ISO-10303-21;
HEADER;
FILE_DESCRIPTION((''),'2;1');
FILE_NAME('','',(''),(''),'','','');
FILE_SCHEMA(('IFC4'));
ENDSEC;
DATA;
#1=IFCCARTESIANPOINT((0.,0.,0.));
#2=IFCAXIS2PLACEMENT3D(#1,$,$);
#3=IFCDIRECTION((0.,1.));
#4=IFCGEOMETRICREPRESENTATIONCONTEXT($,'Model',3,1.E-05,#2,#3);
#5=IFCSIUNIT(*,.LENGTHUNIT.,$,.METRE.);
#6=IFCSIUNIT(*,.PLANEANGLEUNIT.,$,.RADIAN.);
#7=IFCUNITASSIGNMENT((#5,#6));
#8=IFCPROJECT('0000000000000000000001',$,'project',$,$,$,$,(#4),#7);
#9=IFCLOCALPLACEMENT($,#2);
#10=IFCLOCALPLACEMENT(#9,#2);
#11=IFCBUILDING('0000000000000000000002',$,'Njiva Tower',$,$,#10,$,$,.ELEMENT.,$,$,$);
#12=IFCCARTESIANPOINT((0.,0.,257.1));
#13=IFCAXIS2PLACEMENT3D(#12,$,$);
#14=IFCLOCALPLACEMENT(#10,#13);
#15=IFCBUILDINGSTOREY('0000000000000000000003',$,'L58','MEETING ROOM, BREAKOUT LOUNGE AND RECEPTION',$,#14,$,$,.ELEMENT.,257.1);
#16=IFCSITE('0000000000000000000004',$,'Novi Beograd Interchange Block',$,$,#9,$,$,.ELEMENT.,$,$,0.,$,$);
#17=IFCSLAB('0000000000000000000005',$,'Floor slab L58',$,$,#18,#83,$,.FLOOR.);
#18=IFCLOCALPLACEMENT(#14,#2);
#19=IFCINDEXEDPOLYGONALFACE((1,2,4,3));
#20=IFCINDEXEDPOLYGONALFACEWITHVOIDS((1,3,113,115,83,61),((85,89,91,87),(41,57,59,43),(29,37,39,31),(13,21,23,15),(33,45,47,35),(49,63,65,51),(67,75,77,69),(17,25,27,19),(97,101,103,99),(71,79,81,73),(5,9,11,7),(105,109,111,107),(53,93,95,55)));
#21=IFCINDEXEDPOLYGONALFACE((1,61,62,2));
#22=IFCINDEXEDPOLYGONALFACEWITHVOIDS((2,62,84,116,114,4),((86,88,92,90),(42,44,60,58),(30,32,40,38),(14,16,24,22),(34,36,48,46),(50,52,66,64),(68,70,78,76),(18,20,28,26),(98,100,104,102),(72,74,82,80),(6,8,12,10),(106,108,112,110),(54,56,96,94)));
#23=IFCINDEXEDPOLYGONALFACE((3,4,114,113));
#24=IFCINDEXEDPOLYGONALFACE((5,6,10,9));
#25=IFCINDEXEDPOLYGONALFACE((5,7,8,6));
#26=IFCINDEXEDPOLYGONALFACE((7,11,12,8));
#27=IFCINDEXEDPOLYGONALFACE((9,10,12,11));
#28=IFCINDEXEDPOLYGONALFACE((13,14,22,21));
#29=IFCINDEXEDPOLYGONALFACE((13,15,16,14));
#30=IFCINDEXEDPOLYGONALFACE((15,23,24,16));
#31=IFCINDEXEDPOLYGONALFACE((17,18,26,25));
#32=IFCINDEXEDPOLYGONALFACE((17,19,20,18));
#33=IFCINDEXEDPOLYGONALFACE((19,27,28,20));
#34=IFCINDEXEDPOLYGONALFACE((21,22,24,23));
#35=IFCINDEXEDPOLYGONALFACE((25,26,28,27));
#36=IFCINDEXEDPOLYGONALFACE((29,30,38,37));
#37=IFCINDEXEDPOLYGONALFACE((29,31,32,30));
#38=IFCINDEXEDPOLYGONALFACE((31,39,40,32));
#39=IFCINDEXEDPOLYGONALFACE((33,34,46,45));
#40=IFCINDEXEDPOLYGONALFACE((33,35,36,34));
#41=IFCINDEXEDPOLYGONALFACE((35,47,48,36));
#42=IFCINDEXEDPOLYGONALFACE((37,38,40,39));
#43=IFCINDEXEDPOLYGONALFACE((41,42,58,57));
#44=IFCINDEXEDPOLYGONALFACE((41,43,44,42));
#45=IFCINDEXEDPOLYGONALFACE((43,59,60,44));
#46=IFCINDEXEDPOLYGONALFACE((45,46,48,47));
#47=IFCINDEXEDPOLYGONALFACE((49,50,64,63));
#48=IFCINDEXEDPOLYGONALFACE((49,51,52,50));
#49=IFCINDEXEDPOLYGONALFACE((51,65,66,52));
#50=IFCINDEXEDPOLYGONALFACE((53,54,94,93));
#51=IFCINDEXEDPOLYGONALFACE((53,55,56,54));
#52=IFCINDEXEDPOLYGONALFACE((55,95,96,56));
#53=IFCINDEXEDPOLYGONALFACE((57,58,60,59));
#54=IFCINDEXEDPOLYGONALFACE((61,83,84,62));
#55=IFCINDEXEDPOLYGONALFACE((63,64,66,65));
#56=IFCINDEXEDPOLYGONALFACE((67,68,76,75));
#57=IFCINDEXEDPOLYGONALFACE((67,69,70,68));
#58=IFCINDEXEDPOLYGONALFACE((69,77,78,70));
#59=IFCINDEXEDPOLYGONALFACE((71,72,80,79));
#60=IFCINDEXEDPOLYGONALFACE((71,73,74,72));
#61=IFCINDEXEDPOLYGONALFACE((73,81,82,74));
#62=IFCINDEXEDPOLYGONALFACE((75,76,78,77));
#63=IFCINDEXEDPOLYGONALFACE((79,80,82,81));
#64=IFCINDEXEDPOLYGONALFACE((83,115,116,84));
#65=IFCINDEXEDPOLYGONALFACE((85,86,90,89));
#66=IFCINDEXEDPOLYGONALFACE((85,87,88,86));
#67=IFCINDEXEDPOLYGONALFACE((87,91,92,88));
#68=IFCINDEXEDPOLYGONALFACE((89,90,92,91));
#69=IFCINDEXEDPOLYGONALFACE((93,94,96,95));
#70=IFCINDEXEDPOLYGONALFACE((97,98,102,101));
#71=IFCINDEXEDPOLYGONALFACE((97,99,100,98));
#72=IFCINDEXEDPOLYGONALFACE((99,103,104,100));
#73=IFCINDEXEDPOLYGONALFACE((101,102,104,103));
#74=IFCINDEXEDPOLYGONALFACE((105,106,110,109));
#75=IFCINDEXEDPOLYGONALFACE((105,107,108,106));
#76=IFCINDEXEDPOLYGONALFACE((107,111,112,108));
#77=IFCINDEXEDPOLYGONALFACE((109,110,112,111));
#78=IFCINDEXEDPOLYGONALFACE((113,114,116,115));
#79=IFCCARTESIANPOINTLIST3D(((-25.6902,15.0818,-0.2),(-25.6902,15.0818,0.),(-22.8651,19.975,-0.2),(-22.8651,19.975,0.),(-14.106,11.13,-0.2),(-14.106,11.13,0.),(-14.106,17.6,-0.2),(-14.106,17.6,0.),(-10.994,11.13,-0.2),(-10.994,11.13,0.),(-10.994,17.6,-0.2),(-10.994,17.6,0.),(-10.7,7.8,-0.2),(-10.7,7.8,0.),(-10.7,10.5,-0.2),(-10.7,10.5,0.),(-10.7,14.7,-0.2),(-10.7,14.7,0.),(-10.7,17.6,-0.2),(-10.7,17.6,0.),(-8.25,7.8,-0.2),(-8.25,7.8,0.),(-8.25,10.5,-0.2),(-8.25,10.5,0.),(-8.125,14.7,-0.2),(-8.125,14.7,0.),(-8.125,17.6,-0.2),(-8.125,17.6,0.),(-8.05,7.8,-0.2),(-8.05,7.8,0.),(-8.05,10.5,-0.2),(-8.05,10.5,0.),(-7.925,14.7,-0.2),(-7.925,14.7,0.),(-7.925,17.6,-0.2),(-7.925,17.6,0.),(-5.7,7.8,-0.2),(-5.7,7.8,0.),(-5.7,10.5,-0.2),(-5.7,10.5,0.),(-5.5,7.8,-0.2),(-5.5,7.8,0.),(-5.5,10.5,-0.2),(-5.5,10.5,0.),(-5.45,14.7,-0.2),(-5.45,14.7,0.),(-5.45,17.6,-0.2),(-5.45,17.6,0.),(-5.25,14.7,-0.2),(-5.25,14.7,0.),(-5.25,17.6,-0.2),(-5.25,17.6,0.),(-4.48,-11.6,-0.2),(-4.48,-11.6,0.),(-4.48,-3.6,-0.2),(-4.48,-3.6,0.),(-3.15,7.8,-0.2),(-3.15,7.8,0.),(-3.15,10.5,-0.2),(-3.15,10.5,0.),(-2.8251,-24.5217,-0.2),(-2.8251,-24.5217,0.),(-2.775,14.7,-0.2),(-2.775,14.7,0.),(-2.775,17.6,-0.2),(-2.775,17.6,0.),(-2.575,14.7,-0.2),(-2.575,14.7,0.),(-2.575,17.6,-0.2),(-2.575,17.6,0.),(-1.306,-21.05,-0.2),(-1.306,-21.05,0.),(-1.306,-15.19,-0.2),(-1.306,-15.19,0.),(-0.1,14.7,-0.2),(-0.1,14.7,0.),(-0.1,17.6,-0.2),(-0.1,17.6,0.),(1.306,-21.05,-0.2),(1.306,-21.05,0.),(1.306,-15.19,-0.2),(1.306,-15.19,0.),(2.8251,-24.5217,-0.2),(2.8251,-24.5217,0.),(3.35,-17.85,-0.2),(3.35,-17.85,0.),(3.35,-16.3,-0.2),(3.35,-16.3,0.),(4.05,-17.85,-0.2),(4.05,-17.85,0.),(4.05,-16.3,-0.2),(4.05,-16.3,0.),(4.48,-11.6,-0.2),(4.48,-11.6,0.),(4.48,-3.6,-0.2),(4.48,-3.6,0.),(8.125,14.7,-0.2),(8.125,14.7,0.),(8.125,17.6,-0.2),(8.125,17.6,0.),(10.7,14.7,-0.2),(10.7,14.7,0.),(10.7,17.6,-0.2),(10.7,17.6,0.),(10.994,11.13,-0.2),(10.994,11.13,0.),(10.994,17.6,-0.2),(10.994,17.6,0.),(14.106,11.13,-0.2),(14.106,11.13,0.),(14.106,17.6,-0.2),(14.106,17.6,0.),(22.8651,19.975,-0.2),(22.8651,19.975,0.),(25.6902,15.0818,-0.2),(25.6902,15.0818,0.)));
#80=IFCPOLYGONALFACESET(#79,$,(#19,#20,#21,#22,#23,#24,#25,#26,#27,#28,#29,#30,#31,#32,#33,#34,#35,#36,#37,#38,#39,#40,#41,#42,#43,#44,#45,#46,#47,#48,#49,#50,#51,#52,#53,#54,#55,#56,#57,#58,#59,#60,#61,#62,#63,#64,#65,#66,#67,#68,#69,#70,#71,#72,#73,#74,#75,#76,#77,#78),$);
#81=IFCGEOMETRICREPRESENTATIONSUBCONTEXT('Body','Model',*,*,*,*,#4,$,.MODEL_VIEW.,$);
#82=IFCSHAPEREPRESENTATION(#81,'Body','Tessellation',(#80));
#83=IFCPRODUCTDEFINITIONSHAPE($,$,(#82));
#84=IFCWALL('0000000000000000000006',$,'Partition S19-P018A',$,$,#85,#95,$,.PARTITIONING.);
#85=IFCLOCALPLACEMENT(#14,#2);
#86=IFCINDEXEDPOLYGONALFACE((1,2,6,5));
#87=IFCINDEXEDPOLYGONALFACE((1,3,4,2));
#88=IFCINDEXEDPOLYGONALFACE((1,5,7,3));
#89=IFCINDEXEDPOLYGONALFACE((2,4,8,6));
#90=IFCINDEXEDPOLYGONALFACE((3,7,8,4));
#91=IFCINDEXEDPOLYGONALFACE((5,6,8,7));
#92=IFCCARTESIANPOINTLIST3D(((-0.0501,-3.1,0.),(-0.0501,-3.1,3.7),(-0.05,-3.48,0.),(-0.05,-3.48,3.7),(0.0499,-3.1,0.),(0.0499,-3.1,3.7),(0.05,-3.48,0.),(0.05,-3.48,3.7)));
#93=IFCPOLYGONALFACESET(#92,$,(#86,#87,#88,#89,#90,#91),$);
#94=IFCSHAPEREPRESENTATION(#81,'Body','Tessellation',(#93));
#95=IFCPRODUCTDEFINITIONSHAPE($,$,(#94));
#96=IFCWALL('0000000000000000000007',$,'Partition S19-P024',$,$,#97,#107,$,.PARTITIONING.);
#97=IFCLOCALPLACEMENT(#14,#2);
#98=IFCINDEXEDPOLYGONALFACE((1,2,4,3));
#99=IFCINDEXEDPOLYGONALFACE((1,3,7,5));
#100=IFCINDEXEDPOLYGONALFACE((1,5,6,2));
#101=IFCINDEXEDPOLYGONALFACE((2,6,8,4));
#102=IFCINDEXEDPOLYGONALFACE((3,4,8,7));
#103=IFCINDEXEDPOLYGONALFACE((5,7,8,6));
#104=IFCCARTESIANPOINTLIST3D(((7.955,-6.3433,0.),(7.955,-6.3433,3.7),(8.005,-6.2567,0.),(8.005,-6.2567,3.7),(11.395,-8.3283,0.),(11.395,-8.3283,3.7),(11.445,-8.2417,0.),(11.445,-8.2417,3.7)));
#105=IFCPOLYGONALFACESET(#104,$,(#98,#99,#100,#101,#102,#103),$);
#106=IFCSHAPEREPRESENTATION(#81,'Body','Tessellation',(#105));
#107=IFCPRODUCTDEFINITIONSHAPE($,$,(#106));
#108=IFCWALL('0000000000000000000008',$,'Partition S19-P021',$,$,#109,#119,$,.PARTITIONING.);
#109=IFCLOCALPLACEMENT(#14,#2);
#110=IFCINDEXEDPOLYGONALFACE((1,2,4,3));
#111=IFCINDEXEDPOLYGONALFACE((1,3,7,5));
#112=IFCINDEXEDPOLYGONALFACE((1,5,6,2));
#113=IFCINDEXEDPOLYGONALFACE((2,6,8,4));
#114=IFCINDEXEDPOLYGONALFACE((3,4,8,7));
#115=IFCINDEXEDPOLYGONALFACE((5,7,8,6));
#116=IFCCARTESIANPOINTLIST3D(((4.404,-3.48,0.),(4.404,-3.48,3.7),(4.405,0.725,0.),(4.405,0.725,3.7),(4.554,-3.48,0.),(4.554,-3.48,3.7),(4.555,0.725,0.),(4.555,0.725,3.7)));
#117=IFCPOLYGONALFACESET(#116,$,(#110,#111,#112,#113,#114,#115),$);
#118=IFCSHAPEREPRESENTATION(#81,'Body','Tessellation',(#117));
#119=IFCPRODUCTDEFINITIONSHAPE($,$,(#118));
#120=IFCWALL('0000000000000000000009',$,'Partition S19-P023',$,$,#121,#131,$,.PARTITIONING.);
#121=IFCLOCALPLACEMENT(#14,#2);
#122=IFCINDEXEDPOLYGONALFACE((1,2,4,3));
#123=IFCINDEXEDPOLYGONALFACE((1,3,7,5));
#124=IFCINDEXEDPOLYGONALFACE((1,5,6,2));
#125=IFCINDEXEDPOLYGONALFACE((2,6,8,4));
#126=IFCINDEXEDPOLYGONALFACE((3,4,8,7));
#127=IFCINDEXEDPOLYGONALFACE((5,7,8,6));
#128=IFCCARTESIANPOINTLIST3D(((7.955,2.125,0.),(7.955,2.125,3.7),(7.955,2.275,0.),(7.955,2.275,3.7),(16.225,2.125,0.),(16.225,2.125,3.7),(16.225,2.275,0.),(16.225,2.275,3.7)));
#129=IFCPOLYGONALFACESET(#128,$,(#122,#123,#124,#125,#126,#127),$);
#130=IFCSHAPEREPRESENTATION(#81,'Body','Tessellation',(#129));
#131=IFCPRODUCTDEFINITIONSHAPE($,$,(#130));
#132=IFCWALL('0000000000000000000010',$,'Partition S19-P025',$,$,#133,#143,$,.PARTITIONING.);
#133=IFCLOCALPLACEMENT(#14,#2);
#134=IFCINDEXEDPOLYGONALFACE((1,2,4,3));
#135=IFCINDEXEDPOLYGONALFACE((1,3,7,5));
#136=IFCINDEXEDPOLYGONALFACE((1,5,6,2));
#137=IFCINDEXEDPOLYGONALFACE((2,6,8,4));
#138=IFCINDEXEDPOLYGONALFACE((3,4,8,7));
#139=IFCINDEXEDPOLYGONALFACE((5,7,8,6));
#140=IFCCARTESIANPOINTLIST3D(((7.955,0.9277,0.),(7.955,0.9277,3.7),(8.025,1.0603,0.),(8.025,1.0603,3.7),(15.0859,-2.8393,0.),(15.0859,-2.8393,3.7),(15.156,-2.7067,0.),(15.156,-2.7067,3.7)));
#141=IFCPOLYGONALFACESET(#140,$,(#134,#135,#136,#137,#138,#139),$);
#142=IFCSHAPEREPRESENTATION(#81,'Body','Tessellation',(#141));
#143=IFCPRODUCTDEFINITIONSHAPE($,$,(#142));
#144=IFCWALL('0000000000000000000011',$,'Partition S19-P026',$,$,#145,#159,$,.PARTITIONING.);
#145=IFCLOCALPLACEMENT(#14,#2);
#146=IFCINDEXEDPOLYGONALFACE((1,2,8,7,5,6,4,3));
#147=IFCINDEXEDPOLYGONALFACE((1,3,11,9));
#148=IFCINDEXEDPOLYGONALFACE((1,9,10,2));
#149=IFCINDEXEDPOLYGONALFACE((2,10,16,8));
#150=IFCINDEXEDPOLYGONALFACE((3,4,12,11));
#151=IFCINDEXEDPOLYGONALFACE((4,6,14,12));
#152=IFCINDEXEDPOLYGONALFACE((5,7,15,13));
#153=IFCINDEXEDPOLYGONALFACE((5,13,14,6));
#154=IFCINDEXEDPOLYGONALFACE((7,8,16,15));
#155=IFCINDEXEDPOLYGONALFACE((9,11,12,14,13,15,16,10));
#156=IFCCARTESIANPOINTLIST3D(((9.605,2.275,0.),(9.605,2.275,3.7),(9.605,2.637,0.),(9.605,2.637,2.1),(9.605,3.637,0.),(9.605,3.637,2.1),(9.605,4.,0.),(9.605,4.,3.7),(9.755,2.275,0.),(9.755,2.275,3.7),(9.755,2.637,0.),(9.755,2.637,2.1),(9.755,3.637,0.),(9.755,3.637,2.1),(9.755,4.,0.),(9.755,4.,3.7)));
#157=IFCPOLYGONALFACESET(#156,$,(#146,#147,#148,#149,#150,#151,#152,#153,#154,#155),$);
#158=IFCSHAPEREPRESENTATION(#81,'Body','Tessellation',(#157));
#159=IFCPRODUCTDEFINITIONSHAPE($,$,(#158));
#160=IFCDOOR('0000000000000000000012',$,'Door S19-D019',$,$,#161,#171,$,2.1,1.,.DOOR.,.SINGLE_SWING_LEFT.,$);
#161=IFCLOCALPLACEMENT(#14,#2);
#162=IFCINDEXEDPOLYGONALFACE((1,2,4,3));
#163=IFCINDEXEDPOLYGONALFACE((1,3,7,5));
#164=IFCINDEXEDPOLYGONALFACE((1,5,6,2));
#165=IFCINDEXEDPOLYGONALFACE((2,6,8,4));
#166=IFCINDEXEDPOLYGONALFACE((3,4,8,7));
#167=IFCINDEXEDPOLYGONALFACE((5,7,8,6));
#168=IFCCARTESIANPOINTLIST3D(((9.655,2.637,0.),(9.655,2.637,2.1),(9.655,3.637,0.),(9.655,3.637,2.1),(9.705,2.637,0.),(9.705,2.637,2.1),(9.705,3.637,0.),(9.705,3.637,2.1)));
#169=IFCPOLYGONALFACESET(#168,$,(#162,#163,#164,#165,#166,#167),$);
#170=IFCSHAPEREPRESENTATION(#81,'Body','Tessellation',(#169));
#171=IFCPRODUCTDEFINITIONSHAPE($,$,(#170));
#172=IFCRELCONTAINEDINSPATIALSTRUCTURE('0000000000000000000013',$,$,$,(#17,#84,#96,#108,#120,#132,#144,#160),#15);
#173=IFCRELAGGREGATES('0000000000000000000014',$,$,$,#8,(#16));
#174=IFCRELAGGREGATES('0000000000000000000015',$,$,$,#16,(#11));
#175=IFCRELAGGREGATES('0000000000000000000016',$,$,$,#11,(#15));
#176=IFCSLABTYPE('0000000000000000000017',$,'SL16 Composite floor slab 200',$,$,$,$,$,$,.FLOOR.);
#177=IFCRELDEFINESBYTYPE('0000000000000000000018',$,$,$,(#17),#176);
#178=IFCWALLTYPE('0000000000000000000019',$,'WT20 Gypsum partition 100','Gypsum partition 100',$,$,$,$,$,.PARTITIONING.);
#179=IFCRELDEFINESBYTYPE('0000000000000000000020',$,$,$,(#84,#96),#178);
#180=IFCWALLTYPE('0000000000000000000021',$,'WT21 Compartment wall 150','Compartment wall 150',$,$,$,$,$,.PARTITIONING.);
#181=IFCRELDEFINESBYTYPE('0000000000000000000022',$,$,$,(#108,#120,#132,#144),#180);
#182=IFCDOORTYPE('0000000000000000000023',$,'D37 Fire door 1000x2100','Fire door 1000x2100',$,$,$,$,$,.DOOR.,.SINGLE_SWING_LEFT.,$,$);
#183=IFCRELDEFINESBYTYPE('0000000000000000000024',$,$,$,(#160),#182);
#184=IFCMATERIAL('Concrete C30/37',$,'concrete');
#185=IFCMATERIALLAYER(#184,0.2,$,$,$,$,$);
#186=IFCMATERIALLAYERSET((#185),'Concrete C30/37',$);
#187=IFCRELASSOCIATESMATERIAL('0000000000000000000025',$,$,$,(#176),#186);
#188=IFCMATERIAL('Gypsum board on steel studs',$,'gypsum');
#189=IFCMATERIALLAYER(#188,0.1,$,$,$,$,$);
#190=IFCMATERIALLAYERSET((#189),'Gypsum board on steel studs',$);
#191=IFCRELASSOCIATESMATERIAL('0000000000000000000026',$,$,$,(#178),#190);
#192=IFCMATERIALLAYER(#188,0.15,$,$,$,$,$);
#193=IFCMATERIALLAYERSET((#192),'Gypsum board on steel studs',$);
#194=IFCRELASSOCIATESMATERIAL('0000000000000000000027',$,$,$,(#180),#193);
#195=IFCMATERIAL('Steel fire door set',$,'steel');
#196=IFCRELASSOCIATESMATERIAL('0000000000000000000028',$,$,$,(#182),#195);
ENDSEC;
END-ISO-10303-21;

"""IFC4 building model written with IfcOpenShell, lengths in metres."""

from ifc_helpers import new_model, si_unit, direction, frame, frame_2d, origin, place, context, subcontext, project, spatial, polyline, rectangle, outline, extrude, material, layer, layer_set, type_object, element, fill, save


model = new_model("IFC4")

# Units and contexts
model_context = context("Model", 3, precision=1e-05, world=origin(), true_north=direction((0.0, 1.0)))
body_context = subcontext(model_context, "Body", "Model", "MODEL_VIEW")
ifc_project = project(units=[si_unit("LENGTHUNIT", "METRE"), si_unit("PLANEANGLEUNIT", "RADIAN")], contexts=[model_context])

# Site, building, storey
site_placement = place(None, origin())
site = spatial("IfcSite", under=ifc_project, at=site_placement, Name="Novi Beograd Interchange Block", CompositionType="ELEMENT", RefElevation=0.0)
building_placement = place(site_placement, origin())
building = spatial("IfcBuilding", under=site, at=building_placement, Name="Njiva Tower", CompositionType="ELEMENT")
storey_placement = place(building_placement, frame((0.0, 0.0, 257.1)))
storey = spatial("IfcBuildingStorey", under=building, at=storey_placement, Name="L58", Description="MEETING ROOM, BREAKOUT LOUNGE AND RECEPTION", CompositionType="ELEMENT", Elevation=257.1)

# Slab
ifc_material_1 = material(Name="Concrete C30/37", Category="concrete")
ifc_layer_1 = layer(ifc_material_1, 0.2)
ifc_layer_set_1 = layer_set([ifc_layer_1], Name="Concrete C30/37")
slab_type_1 = type_object("IfcSlabType", Name="SL16 Composite floor slab 200", PredefinedType="FLOOR", material=ifc_layer_set_1)
slab_1_placement = place(storey_placement, frame((0.0, 0.0, -0.2)))
element("IfcSlab", 1, at=slab_1_placement, inside=storey, type_object=slab_type_1, Name="Floor slab L58", PredefinedType="FLOOR", context=body_context, shape_type="SweptSolid", body=[
    extrude(outline(polyline([(25.6902, 15.0818), (2.8251, -24.5217), (-2.8251, -24.5217), (-25.6902, 15.0818), (-22.8651, 19.975), (22.8651, 19.975), (25.6902, 15.0818)]), holes=[polyline([(10.994, 11.13), (14.106, 11.13), (14.106, 17.6), (10.994, 17.6), (10.994, 11.13)]), polyline([(8.125, 14.7), (10.7, 14.7), (10.7, 17.6), (8.125, 17.6), (8.125, 14.7)]), polyline([(4.48, -11.6), (4.48, -3.6), (-4.48, -3.6), (-4.48, -11.6), (4.48, -11.6)]), polyline([(3.35, -17.85), (4.05, -17.85), (4.05, -16.3), (3.35, -16.3), (3.35, -17.85)]), polyline([(-1.306, -21.05), (1.306, -21.05), (1.306, -15.19), (-1.306, -15.19), (-1.306, -21.05)]), polyline([(-2.575, 14.7), (-0.1, 14.7), (-0.1, 17.6), (-2.575, 17.6), (-2.575, 14.7)]), polyline([(-2.775, 14.7), (-2.775, 17.6), (-5.25, 17.6), (-5.25, 14.7), (-2.775, 14.7)]), polyline([(-5.5, 7.8), (-3.15, 7.8), (-3.15, 10.5), (-5.5, 10.5), (-5.5, 7.8)]), polyline([(-7.925, 14.7), (-5.45, 14.7), (-5.45, 17.6), (-7.925, 17.6), (-7.925, 14.7)]), polyline([(-8.05, 7.8), (-5.7, 7.8), (-5.7, 10.5), (-8.05, 10.5), (-8.05, 7.8)]), polyline([(-10.7, 14.7), (-8.125, 14.7), (-8.125, 17.6), (-10.7, 17.6), (-10.7, 14.7)]), polyline([(-8.25, 7.8), (-8.25, 10.5), (-10.7, 10.5), (-10.7, 7.8), (-8.25, 7.8)]), polyline([(-10.994, 11.13), (-10.994, 17.6), (-14.106, 17.6), (-14.106, 11.13), (-10.994, 11.13)])]), origin(), (0.0, 0.0, 1.0), 0.2),
])

# Walls
ifc_material_2 = material(Name="Gypsum board on steel studs", Category="gypsum")
ifc_layer_2 = layer(ifc_material_2, 0.1)
ifc_layer_set_2 = layer_set([ifc_layer_2], Name="Gypsum board on steel studs")
wall_type_1 = type_object("IfcWallType", Name="WT20 Gypsum partition 100", Description="Gypsum partition 100", PredefinedType="PARTITIONING", material=ifc_layer_set_2)
wall_1_placement = place(storey_placement, frame((-0.0001, -3.1, 0.0), z_axis=(0.0, 0.0, 1.0), x_axis=(0.000263, -1.0, 0.0)))
element("IfcWall", 2, at=wall_1_placement, inside=storey, type_object=wall_type_1, Name="Partition S19-P018A", PredefinedType="PARTITIONING", context=body_context, shape_type="SweptSolid", body=[
    extrude(rectangle(XDim=0.38, YDim=0.1, at=frame_2d((0.19, 0.0))), origin(), (0.0, 0.0, 1.0), 3.7),
])
wall_2_placement = place(storey_placement, frame((7.98, -6.3, 0.0), z_axis=(0.0, 0.0, 1.0), x_axis=(0.866144, -0.499795, 0.0)))
element("IfcWall", 3, at=wall_2_placement, inside=storey, type_object=wall_type_1, Name="Partition S19-P024", PredefinedType="PARTITIONING", context=body_context, shape_type="SweptSolid", body=[
    extrude(rectangle(XDim=3.9716, YDim=0.1, at=frame_2d((1.9858, 0.0))), origin(), (0.0, 0.0, 1.0), 3.7),
])
ifc_layer_3 = layer(ifc_material_2, 0.15)
ifc_layer_set_3 = layer_set([ifc_layer_3], Name="Gypsum board on steel studs")
wall_type_2 = type_object("IfcWallType", Name="WT21 Compartment wall 150", Description="Compartment wall 150", PredefinedType="PARTITIONING", material=ifc_layer_set_3)
wall_3_placement = place(storey_placement, frame((4.479, -3.48, 0.0), z_axis=(0.0, 0.0, 1.0), x_axis=(0.000238, 1.0, 0.0)))
element("IfcWall", 4, at=wall_3_placement, inside=storey, type_object=wall_type_2, Name="Partition S19-P021", PredefinedType="PARTITIONING", context=body_context, shape_type="SweptSolid", body=[
    extrude(rectangle(XDim=4.205, YDim=0.15, at=frame_2d((2.1025, 0.0))), origin(), (0.0, 0.0, 1.0), 3.7),
])
wall_4_placement = place(storey_placement, frame((7.955, 2.2, 0.0), z_axis=(0.0, 0.0, 1.0), x_axis=(1.0, 0.0, 0.0)))
element("IfcWall", 5, at=wall_4_placement, inside=storey, type_object=wall_type_2, Name="Partition S19-P023", PredefinedType="PARTITIONING", context=body_context, shape_type="SweptSolid", body=[
    extrude(rectangle(XDim=8.27, YDim=0.15, at=frame_2d((4.135, 0.0))), origin(), (0.0, 0.0, 1.0), 3.7),
])
wall_5_placement = place(storey_placement, frame((7.99, 0.994, 0.0), z_axis=(0.0, 0.0, 1.0), x_axis=(0.88421, -0.46709, 0.0)))
element("IfcWall", 6, at=wall_5_placement, inside=storey, type_object=wall_type_2, Name="Partition S19-P025", PredefinedType="PARTITIONING", context=body_context, shape_type="SweptSolid", body=[
    extrude(rectangle(XDim=8.0648, YDim=0.15, at=frame_2d((4.0324, 0.0))), origin(), (0.0, 0.0, 1.0), 3.7),
])

# Wall, opening, door
wall_6_placement = place(storey_placement, frame((9.68, 2.275, 0.0), z_axis=(0.0, 0.0, 1.0), x_axis=(0.0, 1.0, 0.0)))
wall_6 = element("IfcWall", 7, at=wall_6_placement, inside=storey, type_object=wall_type_2, Name="Partition S19-P026", PredefinedType="PARTITIONING", context=body_context, shape_type="SweptSolid", body=[
    extrude(rectangle(XDim=1.725, YDim=0.15, at=frame_2d((0.8625, 0.0))), origin(), (0.0, 0.0, 1.0), 3.7),
])
opening_1_placement = place(wall_6_placement, frame((0.362, 0.0, 0.0)))
opening_1 = element("IfcOpeningElement", 8, at=opening_1_placement, cuts=wall_6, PredefinedType="OPENING", context=body_context, shape_type="SweptSolid", body=[
    extrude(rectangle(XDim=1.0, YDim=2.1, at=frame_2d((0.5, 1.05))), frame((0.0, 0.085, 0.0), z_axis=(0.0, -1.0, 0.0), x_axis=(1.0, 0.0, 0.0)), (0.0, 0.0, 1.0), 0.17),
])
ifc_material_3 = material(Name="Steel fire door set", Category="steel")
door_type_1 = type_object("IfcDoorType", Name="D37 Fire door 1000x2100", Description="Fire door 1000x2100", OperationType="SINGLE_SWING_LEFT", PredefinedType="DOOR", material=ifc_material_3)
door_1_placement = place(opening_1_placement, origin())
door_1 = element("IfcDoor", 9, at=door_1_placement, inside=storey, type_object=door_type_1, Name="Door S19-D019", OperationType="SINGLE_SWING_LEFT", OverallHeight=2.1, OverallWidth=1.0, PredefinedType="DOOR", context=body_context, shape_type="SweptSolid", body=[
    extrude(rectangle(XDim=1.0, YDim=2.1, at=frame_2d((0.5, 1.05))), frame((0.0, 0.025, 0.0), z_axis=(0.0, -1.0, 0.0), x_axis=(1.0, 0.0, 0.0)), (0.0, 0.0, 1.0), 0.05),
])
fill(opening_1, door_1)

save(model, "model.ifc")
